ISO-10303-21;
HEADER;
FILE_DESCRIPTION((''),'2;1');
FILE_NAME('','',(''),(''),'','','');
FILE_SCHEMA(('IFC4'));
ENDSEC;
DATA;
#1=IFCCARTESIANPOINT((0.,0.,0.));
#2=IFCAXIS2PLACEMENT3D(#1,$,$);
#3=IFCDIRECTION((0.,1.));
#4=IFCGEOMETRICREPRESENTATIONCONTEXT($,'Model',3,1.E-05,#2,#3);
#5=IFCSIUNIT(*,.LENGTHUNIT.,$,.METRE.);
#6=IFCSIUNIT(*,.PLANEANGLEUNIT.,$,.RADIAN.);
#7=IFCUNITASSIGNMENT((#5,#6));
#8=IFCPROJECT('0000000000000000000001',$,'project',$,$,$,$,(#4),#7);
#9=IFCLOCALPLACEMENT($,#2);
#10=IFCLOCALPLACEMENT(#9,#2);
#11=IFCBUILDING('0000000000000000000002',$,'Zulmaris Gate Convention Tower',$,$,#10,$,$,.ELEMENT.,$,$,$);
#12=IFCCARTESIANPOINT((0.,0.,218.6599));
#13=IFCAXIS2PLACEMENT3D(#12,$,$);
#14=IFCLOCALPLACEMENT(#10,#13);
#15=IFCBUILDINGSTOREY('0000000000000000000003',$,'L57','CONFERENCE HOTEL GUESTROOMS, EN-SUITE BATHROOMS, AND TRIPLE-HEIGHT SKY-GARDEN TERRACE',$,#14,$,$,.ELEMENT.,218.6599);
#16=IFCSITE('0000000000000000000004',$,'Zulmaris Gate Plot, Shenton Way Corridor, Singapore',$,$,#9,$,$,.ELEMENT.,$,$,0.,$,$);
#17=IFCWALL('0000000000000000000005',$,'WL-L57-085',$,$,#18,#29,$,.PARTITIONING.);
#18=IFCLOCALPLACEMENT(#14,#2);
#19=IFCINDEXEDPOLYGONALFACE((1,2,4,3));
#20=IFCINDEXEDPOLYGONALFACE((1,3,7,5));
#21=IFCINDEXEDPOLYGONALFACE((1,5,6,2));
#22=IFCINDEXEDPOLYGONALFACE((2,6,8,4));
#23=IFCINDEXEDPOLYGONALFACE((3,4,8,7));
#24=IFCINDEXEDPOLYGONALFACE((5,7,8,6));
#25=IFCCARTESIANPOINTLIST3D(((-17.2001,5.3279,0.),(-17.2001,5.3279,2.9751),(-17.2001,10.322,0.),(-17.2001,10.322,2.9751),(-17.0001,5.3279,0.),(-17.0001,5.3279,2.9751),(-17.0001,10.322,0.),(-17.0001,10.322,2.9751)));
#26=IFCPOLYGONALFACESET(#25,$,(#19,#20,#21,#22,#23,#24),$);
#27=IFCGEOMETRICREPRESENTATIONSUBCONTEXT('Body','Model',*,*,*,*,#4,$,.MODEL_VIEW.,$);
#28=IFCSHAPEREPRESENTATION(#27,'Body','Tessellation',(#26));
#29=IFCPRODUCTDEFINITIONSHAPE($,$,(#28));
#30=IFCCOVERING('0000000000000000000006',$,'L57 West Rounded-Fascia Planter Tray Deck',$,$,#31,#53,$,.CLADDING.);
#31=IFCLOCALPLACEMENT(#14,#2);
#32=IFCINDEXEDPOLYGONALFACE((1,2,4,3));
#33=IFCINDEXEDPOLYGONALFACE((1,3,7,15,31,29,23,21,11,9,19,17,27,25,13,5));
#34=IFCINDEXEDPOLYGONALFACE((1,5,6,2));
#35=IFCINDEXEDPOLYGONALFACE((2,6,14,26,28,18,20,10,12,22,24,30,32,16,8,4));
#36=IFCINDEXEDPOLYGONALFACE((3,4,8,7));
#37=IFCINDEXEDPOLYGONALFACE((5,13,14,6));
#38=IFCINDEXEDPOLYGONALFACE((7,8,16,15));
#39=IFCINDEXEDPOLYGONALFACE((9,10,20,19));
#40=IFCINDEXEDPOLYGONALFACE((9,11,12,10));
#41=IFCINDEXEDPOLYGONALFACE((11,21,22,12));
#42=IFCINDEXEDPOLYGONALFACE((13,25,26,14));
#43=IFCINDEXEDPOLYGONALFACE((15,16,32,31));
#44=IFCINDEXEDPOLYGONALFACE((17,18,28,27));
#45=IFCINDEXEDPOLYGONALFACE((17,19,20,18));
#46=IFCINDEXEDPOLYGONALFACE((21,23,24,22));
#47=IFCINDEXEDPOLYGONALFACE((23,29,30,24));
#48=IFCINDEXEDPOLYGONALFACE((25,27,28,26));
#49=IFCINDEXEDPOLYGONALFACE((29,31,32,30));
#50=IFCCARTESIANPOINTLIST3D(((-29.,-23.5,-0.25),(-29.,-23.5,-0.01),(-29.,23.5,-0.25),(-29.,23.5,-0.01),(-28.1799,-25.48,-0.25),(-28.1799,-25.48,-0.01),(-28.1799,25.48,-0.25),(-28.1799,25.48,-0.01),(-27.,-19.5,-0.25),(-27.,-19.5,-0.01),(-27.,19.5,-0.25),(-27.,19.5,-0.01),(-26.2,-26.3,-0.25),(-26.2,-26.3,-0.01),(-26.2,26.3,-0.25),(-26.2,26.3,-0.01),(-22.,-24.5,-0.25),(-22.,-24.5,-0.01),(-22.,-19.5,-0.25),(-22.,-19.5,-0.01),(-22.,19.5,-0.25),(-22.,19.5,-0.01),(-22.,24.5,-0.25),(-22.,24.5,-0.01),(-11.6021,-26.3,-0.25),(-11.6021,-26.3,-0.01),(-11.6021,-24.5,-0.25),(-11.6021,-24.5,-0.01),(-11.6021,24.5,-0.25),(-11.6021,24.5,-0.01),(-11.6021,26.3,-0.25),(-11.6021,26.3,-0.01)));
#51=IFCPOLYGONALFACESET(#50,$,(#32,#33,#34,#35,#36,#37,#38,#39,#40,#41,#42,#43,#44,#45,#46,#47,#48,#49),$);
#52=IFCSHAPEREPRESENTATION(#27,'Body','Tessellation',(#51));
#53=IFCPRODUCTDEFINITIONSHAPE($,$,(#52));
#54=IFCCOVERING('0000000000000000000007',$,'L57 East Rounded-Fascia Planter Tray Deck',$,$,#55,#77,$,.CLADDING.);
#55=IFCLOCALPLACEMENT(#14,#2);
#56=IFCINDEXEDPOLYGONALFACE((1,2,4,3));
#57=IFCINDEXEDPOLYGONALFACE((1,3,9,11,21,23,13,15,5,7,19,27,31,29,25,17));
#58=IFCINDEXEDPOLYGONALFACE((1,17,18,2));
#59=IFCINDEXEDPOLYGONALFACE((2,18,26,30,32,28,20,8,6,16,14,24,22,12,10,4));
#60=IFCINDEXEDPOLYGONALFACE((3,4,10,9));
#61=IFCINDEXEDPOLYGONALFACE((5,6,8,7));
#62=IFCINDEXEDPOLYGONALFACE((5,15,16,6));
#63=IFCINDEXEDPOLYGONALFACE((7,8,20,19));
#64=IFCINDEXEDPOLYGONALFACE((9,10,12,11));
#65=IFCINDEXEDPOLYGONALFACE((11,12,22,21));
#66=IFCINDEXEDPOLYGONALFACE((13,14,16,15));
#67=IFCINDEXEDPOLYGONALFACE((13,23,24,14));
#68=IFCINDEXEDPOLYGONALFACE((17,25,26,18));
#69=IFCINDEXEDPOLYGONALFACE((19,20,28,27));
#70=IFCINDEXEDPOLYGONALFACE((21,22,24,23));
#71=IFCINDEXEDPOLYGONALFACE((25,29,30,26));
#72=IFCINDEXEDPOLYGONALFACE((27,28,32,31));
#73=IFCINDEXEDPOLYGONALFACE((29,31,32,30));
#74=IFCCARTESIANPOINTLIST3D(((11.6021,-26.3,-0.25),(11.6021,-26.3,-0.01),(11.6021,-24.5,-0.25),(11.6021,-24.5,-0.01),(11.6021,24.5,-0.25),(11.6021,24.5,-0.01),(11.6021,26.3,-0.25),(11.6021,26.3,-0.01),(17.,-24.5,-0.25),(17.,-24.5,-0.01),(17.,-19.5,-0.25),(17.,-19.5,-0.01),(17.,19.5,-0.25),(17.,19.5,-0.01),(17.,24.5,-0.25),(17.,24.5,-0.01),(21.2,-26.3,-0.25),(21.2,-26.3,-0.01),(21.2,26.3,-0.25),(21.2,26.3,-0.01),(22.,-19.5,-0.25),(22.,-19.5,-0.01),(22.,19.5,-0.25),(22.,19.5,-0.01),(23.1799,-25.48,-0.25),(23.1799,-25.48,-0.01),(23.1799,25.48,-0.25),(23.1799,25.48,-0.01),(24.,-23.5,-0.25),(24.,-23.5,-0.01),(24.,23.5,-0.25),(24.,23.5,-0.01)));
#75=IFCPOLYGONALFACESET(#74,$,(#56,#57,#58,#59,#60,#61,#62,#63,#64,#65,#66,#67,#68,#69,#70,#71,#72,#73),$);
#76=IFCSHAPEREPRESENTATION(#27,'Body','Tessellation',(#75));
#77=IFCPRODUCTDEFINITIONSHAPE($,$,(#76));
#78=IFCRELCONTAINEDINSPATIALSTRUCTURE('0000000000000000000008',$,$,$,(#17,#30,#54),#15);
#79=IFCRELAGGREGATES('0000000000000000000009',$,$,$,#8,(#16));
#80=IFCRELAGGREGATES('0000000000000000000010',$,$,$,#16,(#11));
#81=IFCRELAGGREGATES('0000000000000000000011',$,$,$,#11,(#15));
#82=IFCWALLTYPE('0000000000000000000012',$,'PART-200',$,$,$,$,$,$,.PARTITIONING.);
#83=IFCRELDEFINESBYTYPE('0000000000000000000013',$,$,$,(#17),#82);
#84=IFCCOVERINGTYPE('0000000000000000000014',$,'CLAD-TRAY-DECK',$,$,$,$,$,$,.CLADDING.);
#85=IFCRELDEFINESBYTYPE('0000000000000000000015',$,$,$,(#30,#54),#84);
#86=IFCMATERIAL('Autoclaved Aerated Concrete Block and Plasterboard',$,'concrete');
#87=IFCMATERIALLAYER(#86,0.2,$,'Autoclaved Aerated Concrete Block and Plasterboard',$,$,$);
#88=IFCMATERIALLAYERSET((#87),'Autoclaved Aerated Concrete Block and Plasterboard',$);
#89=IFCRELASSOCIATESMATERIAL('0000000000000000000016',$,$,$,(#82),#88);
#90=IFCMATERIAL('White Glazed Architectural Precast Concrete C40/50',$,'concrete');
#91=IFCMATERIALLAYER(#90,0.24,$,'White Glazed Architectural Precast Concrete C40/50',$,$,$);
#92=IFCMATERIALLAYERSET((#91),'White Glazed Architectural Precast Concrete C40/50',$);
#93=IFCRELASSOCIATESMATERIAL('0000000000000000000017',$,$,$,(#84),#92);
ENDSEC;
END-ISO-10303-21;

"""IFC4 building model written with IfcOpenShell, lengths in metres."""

from ifc_helpers import new_model, si_unit, direction, frame, frame_2d, origin, place, context, subcontext, project, spatial, polyline, rectangle, outline, extrude, material, layer, layer_set, type_object, element, save


model = new_model("IFC4")

# Units and contexts
model_context = context("Model", 3, precision=1e-05, world=origin(), true_north=direction((0.0, 1.0)))
body_context = subcontext(model_context, "Body", "Model", "MODEL_VIEW")
ifc_project = project(units=[si_unit("LENGTHUNIT", "METRE"), si_unit("PLANEANGLEUNIT", "RADIAN")], contexts=[model_context])

# Site, building, storey
site_placement = place(None, origin())
site = spatial("IfcSite", under=ifc_project, at=site_placement, Name="Zulmaris Gate Plot, Shenton Way Corridor, Singapore", CompositionType="ELEMENT", RefElevation=0.0)
building_placement = place(site_placement, origin())
building = spatial("IfcBuilding", under=site, at=building_placement, Name="Zulmaris Gate Convention Tower", CompositionType="ELEMENT")
storey_placement = place(building_placement, frame((0.0, 0.0, 218.6599)))
storey = spatial("IfcBuildingStorey", under=building, at=storey_placement, Name="L57", Description="CONFERENCE HOTEL GUESTROOMS, EN-SUITE BATHROOMS, AND TRIPLE-HEIGHT SKY-GARDEN TERRACE", CompositionType="ELEMENT", Elevation=218.6599)

# Wall
ifc_material_1 = material(Name="Autoclaved Aerated Concrete Block and Plasterboard", Category="concrete")
ifc_layer_1 = layer(ifc_material_1, 0.2, Name="Autoclaved Aerated Concrete Block and Plasterboard")
ifc_layer_set_1 = layer_set([ifc_layer_1], Name="Autoclaved Aerated Concrete Block and Plasterboard")
wall_type_1 = type_object("IfcWallType", Name="PART-200", PredefinedType="PARTITIONING", material=ifc_layer_set_1)
wall_1_placement = place(storey_placement, frame((-17.1001, 5.3279, 0.0), z_axis=(0.0, 0.0, 1.0), x_axis=(0.0, 1.0, 0.0)))
element("IfcWall", 1, at=wall_1_placement, inside=storey, type_object=wall_type_1, Name="WL-L57-085", PredefinedType="PARTITIONING", context=body_context, shape_type="SweptSolid", body=[
    extrude(rectangle(XDim=4.9941, YDim=0.2, at=frame_2d((2.4971, 0.0))), origin(), (0.0, 0.0, 1.0), 2.9751),
])

# Coverings
ifc_material_2 = material(Name="White Glazed Architectural Precast Concrete C40/50", Category="concrete")
ifc_layer_2 = layer(ifc_material_2, 0.24, Name="White Glazed Architectural Precast Concrete C40/50")
ifc_layer_set_2 = layer_set([ifc_layer_2], Name="White Glazed Architectural Precast Concrete C40/50")
covering_type = type_object("IfcCoveringType", Name="CLAD-TRAY-DECK", PredefinedType="CLADDING", material=ifc_layer_set_2)
covering_1_placement = place(storey_placement, frame((0.0, 0.0, -0.25)))
element("IfcCovering", 2, at=covering_1_placement, inside=storey, type_object=covering_type, Name="L57 West Rounded-Fascia Planter Tray Deck", PredefinedType="CLADDING", context=body_context, shape_type="SweptSolid", body=[
    extrude(outline(polyline([(-29.0, 23.5), (-28.1799, 25.48), (-26.2, 26.3), (-11.6021, 26.3), (-11.6021, 24.5), (-22.0, 24.5), (-22.0, 19.5), (-27.0, 19.5), (-27.0, -19.5), (-22.0, -19.5), (-22.0, -24.5), (-11.6021, -24.5), (-11.6021, -26.3), (-26.2, -26.3), (-28.1799, -25.48), (-29.0, -23.5), (-29.0, 23.5)])), origin(), (0.0, 0.0, 1.0), 0.24),
])
covering_2_placement = place(storey_placement, frame((0.0, 0.0, -0.25)))
element("IfcCovering", 3, at=covering_2_placement, inside=storey, type_object=covering_type, Name="L57 East Rounded-Fascia Planter Tray Deck", PredefinedType="CLADDING", context=body_context, shape_type="SweptSolid", body=[
    extrude(outline(polyline([(21.2, 26.3), (23.1799, 25.48), (24.0, 23.5), (24.0, -23.5), (23.1799, -25.48), (21.2, -26.3), (11.6021, -26.3), (11.6021, -24.5), (17.0, -24.5), (17.0, -19.5), (22.0, -19.5), (22.0, 19.5), (17.0, 19.5), (17.0, 24.5), (11.6021, 24.5), (11.6021, 26.3), (21.2, 26.3)])), origin(), (0.0, 0.0, 1.0), 0.24),
])

save(model, "model.ifc")
